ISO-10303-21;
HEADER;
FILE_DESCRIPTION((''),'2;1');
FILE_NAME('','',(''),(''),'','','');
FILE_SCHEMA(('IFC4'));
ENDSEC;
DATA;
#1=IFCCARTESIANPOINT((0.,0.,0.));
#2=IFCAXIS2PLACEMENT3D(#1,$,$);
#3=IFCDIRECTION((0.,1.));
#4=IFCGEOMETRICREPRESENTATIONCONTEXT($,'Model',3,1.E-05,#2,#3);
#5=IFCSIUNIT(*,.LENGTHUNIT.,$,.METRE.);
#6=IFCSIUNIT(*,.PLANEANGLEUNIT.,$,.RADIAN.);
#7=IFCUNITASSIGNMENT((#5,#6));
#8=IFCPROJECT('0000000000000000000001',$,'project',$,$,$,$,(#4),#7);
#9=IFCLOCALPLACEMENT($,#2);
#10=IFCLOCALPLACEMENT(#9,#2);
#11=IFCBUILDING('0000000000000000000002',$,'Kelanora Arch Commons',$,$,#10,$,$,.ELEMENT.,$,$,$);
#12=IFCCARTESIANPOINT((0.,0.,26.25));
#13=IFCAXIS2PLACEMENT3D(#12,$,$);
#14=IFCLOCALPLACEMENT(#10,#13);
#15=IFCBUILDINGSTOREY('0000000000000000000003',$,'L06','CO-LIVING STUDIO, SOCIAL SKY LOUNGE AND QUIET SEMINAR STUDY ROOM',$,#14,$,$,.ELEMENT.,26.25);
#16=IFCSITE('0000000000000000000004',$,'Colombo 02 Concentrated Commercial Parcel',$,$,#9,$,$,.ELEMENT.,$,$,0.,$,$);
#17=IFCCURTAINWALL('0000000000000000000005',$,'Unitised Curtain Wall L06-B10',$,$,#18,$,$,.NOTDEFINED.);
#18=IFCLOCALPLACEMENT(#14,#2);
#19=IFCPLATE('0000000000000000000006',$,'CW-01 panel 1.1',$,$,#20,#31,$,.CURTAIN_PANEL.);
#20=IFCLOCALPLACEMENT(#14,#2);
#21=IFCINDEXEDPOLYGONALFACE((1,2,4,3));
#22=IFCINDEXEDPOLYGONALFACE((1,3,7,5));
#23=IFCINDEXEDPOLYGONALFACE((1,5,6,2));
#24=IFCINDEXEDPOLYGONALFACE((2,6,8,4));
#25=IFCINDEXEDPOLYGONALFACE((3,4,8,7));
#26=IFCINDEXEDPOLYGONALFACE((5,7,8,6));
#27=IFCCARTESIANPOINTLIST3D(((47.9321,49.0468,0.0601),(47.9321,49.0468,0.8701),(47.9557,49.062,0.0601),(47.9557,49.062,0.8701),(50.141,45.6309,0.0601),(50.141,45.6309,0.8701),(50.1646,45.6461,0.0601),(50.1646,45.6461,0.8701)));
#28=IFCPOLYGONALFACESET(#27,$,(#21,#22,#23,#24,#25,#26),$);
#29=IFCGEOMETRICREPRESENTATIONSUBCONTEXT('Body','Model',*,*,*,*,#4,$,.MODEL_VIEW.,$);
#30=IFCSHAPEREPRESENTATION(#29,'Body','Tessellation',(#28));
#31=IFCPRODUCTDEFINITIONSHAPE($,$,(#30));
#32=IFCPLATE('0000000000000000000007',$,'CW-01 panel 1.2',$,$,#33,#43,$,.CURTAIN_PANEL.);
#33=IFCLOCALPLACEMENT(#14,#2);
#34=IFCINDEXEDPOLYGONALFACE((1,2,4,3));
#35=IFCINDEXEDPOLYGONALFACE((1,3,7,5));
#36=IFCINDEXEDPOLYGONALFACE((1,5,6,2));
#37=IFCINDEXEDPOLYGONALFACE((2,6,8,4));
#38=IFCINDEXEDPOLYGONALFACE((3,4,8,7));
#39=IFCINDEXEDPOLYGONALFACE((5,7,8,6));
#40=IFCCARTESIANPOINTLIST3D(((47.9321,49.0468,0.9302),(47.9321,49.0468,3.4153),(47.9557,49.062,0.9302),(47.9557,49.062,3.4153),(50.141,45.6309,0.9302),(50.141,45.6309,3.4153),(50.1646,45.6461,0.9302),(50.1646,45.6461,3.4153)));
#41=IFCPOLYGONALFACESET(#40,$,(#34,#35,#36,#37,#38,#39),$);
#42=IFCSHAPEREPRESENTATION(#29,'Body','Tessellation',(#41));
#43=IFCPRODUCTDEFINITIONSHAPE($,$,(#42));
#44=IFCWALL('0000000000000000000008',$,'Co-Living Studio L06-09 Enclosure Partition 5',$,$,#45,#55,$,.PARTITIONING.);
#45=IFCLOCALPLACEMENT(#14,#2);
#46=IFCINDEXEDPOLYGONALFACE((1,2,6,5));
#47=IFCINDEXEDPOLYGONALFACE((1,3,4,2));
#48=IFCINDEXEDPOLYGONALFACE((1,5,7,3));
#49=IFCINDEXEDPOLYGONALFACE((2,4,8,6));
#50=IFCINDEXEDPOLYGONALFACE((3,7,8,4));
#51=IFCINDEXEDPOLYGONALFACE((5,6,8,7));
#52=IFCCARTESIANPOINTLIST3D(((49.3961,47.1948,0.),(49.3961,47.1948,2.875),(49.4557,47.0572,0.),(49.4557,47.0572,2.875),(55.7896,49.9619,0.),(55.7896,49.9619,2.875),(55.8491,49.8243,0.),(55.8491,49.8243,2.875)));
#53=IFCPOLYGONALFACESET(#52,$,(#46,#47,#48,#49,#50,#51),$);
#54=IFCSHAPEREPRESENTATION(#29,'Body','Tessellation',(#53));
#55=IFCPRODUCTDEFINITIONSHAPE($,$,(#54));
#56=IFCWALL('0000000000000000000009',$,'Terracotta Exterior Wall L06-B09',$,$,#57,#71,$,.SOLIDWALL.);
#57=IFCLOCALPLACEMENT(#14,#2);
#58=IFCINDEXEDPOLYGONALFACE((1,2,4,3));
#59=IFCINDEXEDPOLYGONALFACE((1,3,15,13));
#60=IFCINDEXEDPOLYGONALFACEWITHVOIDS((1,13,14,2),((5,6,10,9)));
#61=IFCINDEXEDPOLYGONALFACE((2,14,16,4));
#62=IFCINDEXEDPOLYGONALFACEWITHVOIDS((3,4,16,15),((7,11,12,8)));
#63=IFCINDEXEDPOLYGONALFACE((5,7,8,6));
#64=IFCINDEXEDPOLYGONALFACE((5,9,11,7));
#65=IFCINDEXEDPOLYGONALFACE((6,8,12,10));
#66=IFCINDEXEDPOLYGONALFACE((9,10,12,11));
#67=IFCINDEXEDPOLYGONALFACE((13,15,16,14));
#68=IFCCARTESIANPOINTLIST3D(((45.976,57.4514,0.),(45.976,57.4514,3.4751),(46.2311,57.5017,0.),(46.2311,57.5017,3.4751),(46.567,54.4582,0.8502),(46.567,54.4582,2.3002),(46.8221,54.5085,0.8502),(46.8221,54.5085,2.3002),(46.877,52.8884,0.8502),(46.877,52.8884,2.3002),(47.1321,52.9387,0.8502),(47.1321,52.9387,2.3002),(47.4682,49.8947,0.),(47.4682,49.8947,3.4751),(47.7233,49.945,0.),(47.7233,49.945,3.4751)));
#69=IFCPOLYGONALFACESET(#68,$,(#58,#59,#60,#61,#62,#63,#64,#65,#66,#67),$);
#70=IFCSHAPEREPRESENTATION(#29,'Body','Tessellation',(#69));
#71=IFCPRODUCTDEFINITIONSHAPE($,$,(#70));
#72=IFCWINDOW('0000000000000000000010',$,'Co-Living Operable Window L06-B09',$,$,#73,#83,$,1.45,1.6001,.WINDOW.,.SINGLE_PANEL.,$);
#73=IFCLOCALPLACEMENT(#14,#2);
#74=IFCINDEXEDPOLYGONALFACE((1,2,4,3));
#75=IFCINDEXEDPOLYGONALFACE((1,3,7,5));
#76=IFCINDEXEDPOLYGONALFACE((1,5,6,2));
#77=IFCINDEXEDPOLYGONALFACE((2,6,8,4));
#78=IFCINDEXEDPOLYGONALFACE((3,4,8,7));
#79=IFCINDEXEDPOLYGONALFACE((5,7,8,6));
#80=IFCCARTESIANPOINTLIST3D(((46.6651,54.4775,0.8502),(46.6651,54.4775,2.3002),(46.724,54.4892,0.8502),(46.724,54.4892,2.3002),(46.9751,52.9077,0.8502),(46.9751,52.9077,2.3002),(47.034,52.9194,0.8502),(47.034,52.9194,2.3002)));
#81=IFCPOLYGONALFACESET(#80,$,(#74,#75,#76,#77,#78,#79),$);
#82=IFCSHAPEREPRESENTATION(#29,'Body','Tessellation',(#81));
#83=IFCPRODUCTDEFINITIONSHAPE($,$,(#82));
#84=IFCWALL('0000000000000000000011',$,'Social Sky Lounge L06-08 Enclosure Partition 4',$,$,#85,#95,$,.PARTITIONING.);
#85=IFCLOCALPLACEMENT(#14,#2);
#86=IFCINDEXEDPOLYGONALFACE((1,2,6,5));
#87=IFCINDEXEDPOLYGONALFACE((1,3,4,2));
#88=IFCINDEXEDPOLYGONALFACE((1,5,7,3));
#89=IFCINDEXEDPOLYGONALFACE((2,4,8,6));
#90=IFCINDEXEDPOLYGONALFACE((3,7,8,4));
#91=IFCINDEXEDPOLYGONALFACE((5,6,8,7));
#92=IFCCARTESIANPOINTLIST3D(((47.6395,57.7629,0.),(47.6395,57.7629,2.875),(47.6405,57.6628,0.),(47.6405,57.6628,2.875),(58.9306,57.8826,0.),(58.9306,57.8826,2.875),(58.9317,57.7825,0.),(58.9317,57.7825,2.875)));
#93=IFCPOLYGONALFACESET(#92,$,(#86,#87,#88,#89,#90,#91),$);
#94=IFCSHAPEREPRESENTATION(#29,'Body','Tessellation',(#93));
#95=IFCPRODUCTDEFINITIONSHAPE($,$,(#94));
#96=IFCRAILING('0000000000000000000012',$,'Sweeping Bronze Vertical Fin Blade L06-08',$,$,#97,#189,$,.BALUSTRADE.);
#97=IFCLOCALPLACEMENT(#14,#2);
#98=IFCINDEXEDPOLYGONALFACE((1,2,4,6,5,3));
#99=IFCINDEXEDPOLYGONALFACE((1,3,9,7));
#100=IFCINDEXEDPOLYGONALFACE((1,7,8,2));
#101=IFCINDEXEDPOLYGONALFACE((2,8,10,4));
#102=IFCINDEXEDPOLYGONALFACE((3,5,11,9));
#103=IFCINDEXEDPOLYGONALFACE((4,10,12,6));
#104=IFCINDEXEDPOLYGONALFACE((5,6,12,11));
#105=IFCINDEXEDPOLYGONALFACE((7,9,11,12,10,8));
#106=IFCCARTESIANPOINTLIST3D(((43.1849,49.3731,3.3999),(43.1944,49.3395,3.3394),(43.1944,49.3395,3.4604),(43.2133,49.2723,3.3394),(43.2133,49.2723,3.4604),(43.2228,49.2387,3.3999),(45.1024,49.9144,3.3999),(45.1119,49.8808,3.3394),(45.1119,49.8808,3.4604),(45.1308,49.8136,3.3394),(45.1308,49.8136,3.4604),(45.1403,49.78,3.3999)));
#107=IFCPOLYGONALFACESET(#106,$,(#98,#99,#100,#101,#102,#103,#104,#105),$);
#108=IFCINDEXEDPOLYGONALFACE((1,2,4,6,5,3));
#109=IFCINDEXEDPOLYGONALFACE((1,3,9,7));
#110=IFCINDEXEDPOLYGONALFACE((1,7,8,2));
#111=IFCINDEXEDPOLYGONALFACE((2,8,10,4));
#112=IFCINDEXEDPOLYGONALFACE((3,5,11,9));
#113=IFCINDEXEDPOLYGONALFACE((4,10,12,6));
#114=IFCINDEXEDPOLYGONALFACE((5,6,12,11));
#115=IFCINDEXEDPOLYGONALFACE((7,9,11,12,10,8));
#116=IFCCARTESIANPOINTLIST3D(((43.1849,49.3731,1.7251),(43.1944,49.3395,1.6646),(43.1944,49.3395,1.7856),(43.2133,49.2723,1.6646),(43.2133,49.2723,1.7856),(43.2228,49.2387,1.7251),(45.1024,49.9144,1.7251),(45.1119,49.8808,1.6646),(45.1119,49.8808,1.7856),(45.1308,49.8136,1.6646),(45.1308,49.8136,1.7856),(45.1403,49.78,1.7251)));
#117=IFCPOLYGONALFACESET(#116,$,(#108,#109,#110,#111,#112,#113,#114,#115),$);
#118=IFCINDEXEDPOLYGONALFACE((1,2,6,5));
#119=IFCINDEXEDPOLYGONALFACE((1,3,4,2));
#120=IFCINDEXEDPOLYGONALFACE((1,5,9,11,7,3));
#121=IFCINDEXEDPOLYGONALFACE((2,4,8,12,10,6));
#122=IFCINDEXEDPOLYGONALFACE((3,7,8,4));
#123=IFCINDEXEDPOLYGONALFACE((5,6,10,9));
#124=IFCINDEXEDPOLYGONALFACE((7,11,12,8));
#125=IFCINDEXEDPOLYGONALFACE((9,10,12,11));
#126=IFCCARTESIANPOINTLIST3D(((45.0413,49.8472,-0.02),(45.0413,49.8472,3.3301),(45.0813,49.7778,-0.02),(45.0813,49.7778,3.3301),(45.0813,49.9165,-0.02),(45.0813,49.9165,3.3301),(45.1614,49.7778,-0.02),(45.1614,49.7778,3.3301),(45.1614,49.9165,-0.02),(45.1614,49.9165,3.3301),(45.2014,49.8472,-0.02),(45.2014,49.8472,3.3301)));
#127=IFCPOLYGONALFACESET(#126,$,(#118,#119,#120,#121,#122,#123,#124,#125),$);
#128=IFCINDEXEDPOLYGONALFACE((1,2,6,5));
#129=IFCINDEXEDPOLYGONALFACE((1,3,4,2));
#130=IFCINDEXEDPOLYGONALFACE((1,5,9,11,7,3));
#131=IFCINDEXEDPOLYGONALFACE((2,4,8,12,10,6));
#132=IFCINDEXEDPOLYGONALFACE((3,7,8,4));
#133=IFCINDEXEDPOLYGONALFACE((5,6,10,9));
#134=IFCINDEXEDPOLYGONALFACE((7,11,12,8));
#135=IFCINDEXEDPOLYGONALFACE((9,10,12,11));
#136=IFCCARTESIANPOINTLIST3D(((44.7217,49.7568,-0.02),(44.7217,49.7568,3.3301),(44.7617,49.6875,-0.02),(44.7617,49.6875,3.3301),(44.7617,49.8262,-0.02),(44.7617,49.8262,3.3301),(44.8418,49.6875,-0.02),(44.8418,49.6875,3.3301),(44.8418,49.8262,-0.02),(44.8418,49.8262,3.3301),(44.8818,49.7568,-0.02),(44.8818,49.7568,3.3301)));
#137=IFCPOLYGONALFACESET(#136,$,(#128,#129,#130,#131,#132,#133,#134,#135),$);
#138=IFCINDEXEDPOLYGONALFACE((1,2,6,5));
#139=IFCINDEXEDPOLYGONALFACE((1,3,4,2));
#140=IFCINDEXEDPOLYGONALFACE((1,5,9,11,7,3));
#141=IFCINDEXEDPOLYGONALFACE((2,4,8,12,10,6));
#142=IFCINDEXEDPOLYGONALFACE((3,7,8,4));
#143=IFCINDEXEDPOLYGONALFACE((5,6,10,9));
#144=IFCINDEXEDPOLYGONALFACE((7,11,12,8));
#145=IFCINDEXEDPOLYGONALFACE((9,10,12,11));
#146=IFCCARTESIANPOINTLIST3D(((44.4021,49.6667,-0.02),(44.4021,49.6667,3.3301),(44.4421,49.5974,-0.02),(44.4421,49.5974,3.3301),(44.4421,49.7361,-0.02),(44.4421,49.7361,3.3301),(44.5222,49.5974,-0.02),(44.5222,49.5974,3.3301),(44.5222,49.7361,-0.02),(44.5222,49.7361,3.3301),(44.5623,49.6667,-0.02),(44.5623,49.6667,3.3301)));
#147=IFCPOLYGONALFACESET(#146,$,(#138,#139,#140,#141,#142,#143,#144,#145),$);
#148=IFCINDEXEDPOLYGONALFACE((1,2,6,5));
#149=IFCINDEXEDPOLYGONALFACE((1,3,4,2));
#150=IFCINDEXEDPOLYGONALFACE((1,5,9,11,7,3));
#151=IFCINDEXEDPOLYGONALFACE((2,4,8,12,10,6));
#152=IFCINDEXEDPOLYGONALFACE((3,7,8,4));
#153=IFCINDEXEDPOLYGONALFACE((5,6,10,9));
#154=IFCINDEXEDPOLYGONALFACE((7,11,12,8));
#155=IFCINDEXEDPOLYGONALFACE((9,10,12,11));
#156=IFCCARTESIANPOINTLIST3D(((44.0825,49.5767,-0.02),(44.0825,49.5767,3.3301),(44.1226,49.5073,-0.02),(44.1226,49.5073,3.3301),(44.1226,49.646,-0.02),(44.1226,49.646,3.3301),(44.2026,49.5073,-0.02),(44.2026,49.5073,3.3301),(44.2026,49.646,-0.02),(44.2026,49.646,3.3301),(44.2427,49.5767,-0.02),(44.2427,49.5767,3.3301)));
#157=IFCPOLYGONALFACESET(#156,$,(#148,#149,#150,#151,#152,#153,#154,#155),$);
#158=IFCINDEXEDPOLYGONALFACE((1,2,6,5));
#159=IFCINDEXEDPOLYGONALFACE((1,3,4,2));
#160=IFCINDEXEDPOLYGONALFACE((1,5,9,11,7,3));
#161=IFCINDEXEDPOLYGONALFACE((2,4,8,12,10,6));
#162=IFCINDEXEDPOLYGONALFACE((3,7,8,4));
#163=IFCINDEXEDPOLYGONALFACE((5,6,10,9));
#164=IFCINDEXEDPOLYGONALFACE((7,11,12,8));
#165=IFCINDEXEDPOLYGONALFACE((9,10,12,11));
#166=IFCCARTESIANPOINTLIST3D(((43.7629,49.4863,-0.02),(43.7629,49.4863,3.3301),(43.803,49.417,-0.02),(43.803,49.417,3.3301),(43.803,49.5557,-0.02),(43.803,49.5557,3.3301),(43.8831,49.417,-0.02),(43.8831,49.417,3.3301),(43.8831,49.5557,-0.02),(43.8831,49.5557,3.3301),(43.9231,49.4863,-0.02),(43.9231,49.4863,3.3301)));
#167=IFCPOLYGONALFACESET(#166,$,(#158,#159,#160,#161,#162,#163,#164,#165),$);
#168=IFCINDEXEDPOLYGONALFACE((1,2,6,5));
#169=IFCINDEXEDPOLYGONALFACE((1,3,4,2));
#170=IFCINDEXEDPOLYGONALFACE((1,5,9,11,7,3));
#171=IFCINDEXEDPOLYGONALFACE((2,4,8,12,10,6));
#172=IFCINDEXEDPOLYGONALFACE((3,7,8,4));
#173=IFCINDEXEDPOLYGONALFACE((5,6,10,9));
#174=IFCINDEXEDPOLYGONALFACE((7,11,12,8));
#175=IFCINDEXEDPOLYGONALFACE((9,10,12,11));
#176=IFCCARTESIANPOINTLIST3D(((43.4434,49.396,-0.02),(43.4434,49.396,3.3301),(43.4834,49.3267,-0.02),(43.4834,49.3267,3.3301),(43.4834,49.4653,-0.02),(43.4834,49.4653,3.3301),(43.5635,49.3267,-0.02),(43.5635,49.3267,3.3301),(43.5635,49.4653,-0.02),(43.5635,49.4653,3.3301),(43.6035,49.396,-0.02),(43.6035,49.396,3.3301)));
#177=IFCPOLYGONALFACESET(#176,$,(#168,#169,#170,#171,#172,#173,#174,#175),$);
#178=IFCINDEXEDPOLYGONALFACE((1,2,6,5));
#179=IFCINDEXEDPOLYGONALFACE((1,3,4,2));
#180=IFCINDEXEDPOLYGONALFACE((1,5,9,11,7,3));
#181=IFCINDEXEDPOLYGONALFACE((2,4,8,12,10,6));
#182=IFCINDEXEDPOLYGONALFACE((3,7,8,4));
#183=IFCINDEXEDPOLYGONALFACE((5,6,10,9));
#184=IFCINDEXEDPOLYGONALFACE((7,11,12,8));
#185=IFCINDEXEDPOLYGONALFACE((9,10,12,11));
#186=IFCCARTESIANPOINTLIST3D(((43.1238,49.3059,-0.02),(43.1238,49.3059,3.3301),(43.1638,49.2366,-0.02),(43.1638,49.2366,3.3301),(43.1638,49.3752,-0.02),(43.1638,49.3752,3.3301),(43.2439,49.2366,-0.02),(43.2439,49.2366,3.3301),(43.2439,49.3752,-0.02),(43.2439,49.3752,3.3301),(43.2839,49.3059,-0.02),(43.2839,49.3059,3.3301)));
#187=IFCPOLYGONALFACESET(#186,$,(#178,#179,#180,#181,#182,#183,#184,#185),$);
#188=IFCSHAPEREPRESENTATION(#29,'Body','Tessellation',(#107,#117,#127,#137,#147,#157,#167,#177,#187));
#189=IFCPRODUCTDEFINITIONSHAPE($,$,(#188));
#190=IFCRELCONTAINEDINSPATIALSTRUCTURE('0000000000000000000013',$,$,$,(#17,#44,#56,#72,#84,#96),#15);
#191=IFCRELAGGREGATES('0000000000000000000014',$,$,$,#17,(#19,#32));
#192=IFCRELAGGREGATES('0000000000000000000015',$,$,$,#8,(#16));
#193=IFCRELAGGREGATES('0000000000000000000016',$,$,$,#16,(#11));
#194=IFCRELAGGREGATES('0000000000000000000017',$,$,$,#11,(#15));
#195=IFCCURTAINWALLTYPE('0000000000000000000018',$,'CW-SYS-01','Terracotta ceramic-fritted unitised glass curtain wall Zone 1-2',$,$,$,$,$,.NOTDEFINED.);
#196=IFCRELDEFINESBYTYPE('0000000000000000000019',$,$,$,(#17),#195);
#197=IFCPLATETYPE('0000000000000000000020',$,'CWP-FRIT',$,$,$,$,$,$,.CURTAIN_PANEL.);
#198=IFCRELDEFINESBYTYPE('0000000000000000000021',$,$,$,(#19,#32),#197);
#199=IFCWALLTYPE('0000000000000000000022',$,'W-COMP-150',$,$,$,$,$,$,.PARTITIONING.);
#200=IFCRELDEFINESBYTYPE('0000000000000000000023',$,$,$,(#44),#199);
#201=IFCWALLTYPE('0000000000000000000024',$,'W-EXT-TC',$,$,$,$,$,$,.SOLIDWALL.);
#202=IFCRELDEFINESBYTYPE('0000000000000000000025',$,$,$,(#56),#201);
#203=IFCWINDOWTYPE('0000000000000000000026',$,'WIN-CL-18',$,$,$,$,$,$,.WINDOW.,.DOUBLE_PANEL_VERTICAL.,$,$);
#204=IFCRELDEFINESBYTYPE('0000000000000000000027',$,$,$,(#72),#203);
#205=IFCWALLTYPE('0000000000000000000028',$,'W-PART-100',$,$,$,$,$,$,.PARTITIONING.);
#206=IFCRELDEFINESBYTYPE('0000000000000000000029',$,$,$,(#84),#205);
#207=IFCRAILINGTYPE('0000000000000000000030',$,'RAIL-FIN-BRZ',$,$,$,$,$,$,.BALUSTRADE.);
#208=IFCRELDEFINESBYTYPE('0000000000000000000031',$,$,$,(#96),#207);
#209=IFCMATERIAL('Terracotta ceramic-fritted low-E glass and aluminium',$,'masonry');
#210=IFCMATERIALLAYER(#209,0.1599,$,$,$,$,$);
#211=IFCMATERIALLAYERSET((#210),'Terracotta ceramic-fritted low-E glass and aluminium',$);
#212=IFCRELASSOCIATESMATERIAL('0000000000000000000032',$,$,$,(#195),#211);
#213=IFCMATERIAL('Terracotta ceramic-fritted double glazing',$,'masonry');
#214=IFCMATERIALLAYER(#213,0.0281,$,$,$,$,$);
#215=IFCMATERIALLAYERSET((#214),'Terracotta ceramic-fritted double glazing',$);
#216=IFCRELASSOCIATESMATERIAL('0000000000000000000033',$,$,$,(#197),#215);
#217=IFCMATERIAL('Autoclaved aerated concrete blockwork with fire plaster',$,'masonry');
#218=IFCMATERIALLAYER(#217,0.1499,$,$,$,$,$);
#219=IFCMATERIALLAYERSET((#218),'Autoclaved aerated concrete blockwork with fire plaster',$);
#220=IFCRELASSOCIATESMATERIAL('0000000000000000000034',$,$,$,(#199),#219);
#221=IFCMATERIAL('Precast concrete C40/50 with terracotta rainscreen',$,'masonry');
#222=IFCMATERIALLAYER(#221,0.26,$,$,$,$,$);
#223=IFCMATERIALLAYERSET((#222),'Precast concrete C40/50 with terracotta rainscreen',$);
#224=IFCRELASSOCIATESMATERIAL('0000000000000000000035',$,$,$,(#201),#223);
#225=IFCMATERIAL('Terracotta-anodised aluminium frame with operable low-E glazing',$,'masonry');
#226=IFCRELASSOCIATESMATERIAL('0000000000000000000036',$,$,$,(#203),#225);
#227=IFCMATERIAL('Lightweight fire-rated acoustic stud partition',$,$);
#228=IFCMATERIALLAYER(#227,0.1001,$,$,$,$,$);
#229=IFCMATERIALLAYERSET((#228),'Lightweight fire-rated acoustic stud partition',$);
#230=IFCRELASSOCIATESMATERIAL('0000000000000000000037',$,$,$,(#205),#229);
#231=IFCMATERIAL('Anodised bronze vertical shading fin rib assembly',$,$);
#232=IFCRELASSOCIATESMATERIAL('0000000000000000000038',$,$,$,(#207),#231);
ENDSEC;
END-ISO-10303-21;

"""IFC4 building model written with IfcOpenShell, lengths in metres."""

from ifc_helpers import new_model, si_unit, direction, frame, frame_2d, origin, origin_2d, place, context, subcontext, project, spatial, polyline, rectangle, outline, extrude, source, transform, mapped, material, layer, layer_set, type_object, element, fill, aggregate, save


model = new_model("IFC4")

# Units and contexts
model_context = context("Model", 3, precision=1e-05, world=origin(), true_north=direction((0.0, 1.0)))
body_context = subcontext(model_context, "Body", "Model", "MODEL_VIEW")
ifc_project = project(units=[si_unit("LENGTHUNIT", "METRE"), si_unit("PLANEANGLEUNIT", "RADIAN")], contexts=[model_context])

# Site, building, storey
site_placement = place(None, origin())
site = spatial("IfcSite", under=ifc_project, at=site_placement, Name="Colombo 02 Concentrated Commercial Parcel", CompositionType="ELEMENT", RefElevation=0.0)
building_placement = place(site_placement, origin())
building = spatial("IfcBuilding", under=site, at=building_placement, Name="Kelanora Arch Commons", CompositionType="ELEMENT")
storey_placement = place(building_placement, frame((0.0, 0.0, 26.25)))
storey = spatial("IfcBuildingStorey", under=building, at=storey_placement, Name="L06", Description="CO-LIVING STUDIO, SOCIAL SKY LOUNGE AND QUIET SEMINAR STUDY ROOM", CompositionType="ELEMENT", Elevation=26.25)

# Shared definitions
ifc_material_1 = material(Name="Terracotta ceramic-fritted low-E glass and aluminium", Category="masonry")
ifc_layer_1 = layer(ifc_material_1, 0.1599)
ifc_layer_set_1 = layer_set([ifc_layer_1], Name="Terracotta ceramic-fritted low-E glass and aluminium")
curtain_wall_type = type_object("IfcCurtainWallType", Name="CW-SYS-01", Description="Terracotta ceramic-fritted unitised glass curtain wall Zone 1-2", PredefinedType="NOTDEFINED", material=ifc_layer_set_1)

# Curtain wall
curtain_wall_1_placement = place(storey_placement, origin())
curtain_wall_1 = element("IfcCurtainWall", 1, at=curtain_wall_1_placement, inside=storey, type_object=curtain_wall_type, Name="Unitised Curtain Wall L06-B10", PredefinedType="NOTDEFINED")

# Plates
ifc_material_2 = material(Name="Terracotta ceramic-fritted double glazing", Category="masonry")
ifc_layer_2 = layer(ifc_material_2, 0.0281)
ifc_layer_set_2 = layer_set([ifc_layer_2], Name="Terracotta ceramic-fritted double glazing")
plate_type = type_object("IfcPlateType", Name="CWP-FRIT", PredefinedType="CURTAIN_PANEL", material=ifc_layer_set_2)
shared_shape_1 = source(origin(), body_context, "Body", "SweptSolid", [
    extrude(rectangle(XDim=4.0679, YDim=0.0281, at=origin_2d()), origin(), (0.0, 0.0, 1.0), 0.8101),
])
plate_1_placement = place(storey_placement, frame((49.0483, 47.3464, 0.0601), z_axis=(0.0, 0.0, 1.0), x_axis=(0.543004, -0.83973, 0.0)))
plate_1 = element("IfcPlate", 2, at=plate_1_placement, type_object=plate_type, Name="CW-01 panel 1.1", PredefinedType="CURTAIN_PANEL", context=body_context, shape_type="MappedRepresentation", body=[
    mapped(shared_shape_1, transform((0.0, 0.0, 0.0), scale=1.0)),
])
shared_shape_2 = source(origin(), body_context, "Body", "SweptSolid", [
    extrude(rectangle(XDim=4.0679, YDim=0.0281, at=origin_2d()), origin(), (0.0, 0.0, 1.0), 2.4851),
])
plate_2_placement = place(storey_placement, frame((49.0483, 47.3464, 0.9302), z_axis=(0.0, 0.0, 1.0), x_axis=(0.543004, -0.83973, 0.0)))
plate_2 = element("IfcPlate", 3, at=plate_2_placement, type_object=plate_type, Name="CW-01 panel 1.2", PredefinedType="CURTAIN_PANEL", context=body_context, shape_type="MappedRepresentation", body=[
    mapped(shared_shape_2, transform((0.0, 0.0, 0.0), scale=1.0)),
])
aggregate(curtain_wall_1, [plate_1, plate_2])

# Wall
ifc_material_3 = material(Name="Autoclaved aerated concrete blockwork with fire plaster", Category="masonry")
ifc_layer_3 = layer(ifc_material_3, 0.1499)
ifc_layer_set_3 = layer_set([ifc_layer_3], Name="Autoclaved aerated concrete blockwork with fire plaster")
wall_type_1 = type_object("IfcWallType", Name="W-COMP-150", PredefinedType="PARTITIONING", material=ifc_layer_set_3)
wall_1_placement = place(storey_placement, frame((49.4258, 47.126, 0.0), z_axis=(0.0, 0.0, 1.0), x_axis=(0.917736, 0.39719, 0.0)))
element("IfcWall", 4, at=wall_1_placement, inside=storey, type_object=wall_type_1, Name="Co-Living Studio L06-09 Enclosure Partition 5", PredefinedType="PARTITIONING", context=body_context, shape_type="SweptSolid", body=[
    extrude(rectangle(XDim=6.9666, YDim=0.1499, at=frame_2d((3.4834, 0.0))), origin(), (0.0, 0.0, 1.0), 2.875),
])

# Wall, opening, window
ifc_material_4 = material(Name="Precast concrete C40/50 with terracotta rainscreen", Category="masonry")
ifc_layer_4 = layer(ifc_material_4, 0.26)
ifc_layer_set_4 = layer_set([ifc_layer_4], Name="Precast concrete C40/50 with terracotta rainscreen")
wall_type_2 = type_object("IfcWallType", Name="W-EXT-TC", PredefinedType="SOLIDWALL", material=ifc_layer_set_4)
wall_2_placement = place(storey_placement, frame((46.1035, 57.4766, 0.0), z_axis=(0.0, 0.0, 1.0), x_axis=(0.193726, -0.981056, 0.0)))
wall_2 = element("IfcWall", 5, at=wall_2_placement, inside=storey, type_object=wall_type_2, Name="Terracotta Exterior Wall L06-B09", PredefinedType="SOLIDWALL", context=body_context, shape_type="SweptSolid", body=[
    extrude(rectangle(XDim=7.7026, YDim=0.26, at=frame_2d((3.8513, 0.0))), origin(), (0.0, 0.0, 1.0), 3.4751),
])
opening_placement = place(wall_2_placement, frame((3.051, 0.0, 0.8501)))
opening = element("IfcOpeningElement", 6, at=opening_placement, cuts=wall_2, PredefinedType="OPENING", context=body_context, shape_type="SweptSolid", body=[
    extrude(rectangle(XDim=1.6001, YDim=1.45, at=frame_2d((0.8, 0.7251))), frame((0.0, 0.1401, 0.0), z_axis=(0.0, -1.0, 0.0), x_axis=(1.0, 0.0, 0.0)), (0.0, 0.0, 1.0), 0.28),
])
ifc_material_5 = material(Name="Terracotta-anodised aluminium frame with operable low-E glazing", Category="masonry")
window_type = type_object("IfcWindowType", Name="WIN-CL-18", PartitioningType="DOUBLE_PANEL_VERTICAL", PredefinedType="WINDOW", material=ifc_material_5)
window_placement = place(opening_placement, origin())
window = element("IfcWindow", 7, at=window_placement, inside=storey, type_object=window_type, Name="Co-Living Operable Window L06-B09", OverallHeight=1.45, OverallWidth=1.6001, PartitioningType="SINGLE_PANEL", PredefinedType="WINDOW", context=body_context, shape_type="SweptSolid", body=[
    extrude(rectangle(XDim=1.6001, YDim=1.45, at=frame_2d((0.8, 0.7251))), frame((0.0, 0.03, 0.0), z_axis=(0.0, -1.0, 0.0), x_axis=(1.0, 0.0, 0.0)), (0.0, 0.0, 1.0), 0.0601),
])
fill(opening, window)

# Wall
ifc_material_6 = material(Name="Lightweight fire-rated acoustic stud partition")
ifc_layer_5 = layer(ifc_material_6, 0.1001)
ifc_layer_set_5 = layer_set([ifc_layer_5], Name="Lightweight fire-rated acoustic stud partition")
wall_type_3 = type_object("IfcWallType", Name="W-PART-100", PredefinedType="PARTITIONING", material=ifc_layer_set_5)
wall_3_placement = place(storey_placement, frame((47.6399, 57.7129, 0.0), z_axis=(0.0, 0.0, 1.0), x_axis=(0.999944, 0.010594, 0.0)))
element("IfcWall", 8, at=wall_3_placement, inside=storey, type_object=wall_type_3, Name="Social Sky Lounge L06-08 Enclosure Partition 4", PredefinedType="PARTITIONING", context=body_context, shape_type="SweptSolid", body=[
    extrude(rectangle(XDim=11.2917, YDim=0.1001, at=frame_2d((5.646, 0.0))), origin(), (0.0, 0.0, 1.0), 2.875),
])

# Railing
ifc_material_7 = material(Name="Anodised bronze vertical shading fin rib assembly")
railing_type = type_object("IfcRailingType", Name="RAIL-FIN-BRZ", PredefinedType="BALUSTRADE", material=ifc_material_7)
railing_placement = place(storey_placement, frame((45.1213, 49.8472, -0.02)))
element("IfcRailing", 9, at=railing_placement, inside=storey, type_object=railing_type, Name="Sweeping Bronze Vertical Fin Blade L06-08", PredefinedType="BALUSTRADE", context=body_context, shape_type="SweptSolid", body=[
    extrude(outline(polyline([(0.0698, 0.0), (0.0349, 0.0605), (-0.0349, 0.0605), (-0.0698, 0.0), (-0.0349, -0.0605), (0.0349, -0.0605), (0.0698, 0.0)])), frame((0.0, 0.0, 3.4199), z_axis=(-0.962393, -0.271661, 0.0), x_axis=(0.271661, -0.962393, 0.0)), (0.0, 0.0, 1.0), 1.9924),
    extrude(outline(polyline([(0.0698, 0.0), (0.0349, 0.0605), (-0.0349, 0.0605), (-0.0698, 0.0), (-0.0349, -0.0605), (0.0349, -0.0605), (0.0698, 0.0)])), frame((0.0, 0.0, 1.7451), z_axis=(-0.962393, -0.271661, 0.0), x_axis=(0.271661, -0.962393, 0.0)), (0.0, 0.0, 1.0), 1.9924),
    extrude(outline(polyline([(0.0801, 0.0), (0.04, 0.0693), (-0.04, 0.0693), (-0.0801, 0.0), (-0.04, -0.0693), (0.04, -0.0693), (0.0801, 0.0)])), origin(), (0.0, 0.0, 1.0), 3.3501),
    extrude(outline(polyline([(0.0801, 0.0), (0.04, 0.0693), (-0.04, 0.0693), (-0.0801, 0.0), (-0.04, -0.0693), (0.04, -0.0693), (0.0801, 0.0)])), frame((-0.3196, -0.0903, 0.0)), (0.0, 0.0, 1.0), 3.3501),
    extrude(outline(polyline([(0.0801, 0.0), (0.04, 0.0693), (-0.04, 0.0693), (-0.0801, 0.0), (-0.04, -0.0693), (0.04, -0.0693), (0.0801, 0.0)])), frame((-0.6392, -0.1804, 0.0)), (0.0, 0.0, 1.0), 3.3501),
    extrude(outline(polyline([(0.0801, 0.0), (0.04, 0.0693), (-0.04, 0.0693), (-0.0801, 0.0), (-0.04, -0.0693), (0.04, -0.0693), (0.0801, 0.0)])), frame((-0.9587, -0.2705, 0.0)), (0.0, 0.0, 1.0), 3.3501),
    extrude(outline(polyline([(0.0801, 0.0), (0.04, 0.0693), (-0.04, 0.0693), (-0.0801, 0.0), (-0.04, -0.0693), (0.04, -0.0693), (0.0801, 0.0)])), frame((-1.2783, -0.3608, 0.0)), (0.0, 0.0, 1.0), 3.3501),
    extrude(outline(polyline([(0.0801, 0.0), (0.04, 0.0693), (-0.04, 0.0693), (-0.0801, 0.0), (-0.04, -0.0693), (0.04, -0.0693), (0.0801, 0.0)])), frame((-1.5979, -0.4512, 0.0)), (0.0, 0.0, 1.0), 3.3501),
    extrude(outline(polyline([(0.0801, 0.0), (0.04, 0.0693), (-0.04, 0.0693), (-0.0801, 0.0), (-0.04, -0.0693), (0.04, -0.0693), (0.0801, 0.0)])), frame((-1.9175, -0.5413, 0.0)), (0.0, 0.0, 1.0), 3.3501),
])

save(model, "model.ifc")
